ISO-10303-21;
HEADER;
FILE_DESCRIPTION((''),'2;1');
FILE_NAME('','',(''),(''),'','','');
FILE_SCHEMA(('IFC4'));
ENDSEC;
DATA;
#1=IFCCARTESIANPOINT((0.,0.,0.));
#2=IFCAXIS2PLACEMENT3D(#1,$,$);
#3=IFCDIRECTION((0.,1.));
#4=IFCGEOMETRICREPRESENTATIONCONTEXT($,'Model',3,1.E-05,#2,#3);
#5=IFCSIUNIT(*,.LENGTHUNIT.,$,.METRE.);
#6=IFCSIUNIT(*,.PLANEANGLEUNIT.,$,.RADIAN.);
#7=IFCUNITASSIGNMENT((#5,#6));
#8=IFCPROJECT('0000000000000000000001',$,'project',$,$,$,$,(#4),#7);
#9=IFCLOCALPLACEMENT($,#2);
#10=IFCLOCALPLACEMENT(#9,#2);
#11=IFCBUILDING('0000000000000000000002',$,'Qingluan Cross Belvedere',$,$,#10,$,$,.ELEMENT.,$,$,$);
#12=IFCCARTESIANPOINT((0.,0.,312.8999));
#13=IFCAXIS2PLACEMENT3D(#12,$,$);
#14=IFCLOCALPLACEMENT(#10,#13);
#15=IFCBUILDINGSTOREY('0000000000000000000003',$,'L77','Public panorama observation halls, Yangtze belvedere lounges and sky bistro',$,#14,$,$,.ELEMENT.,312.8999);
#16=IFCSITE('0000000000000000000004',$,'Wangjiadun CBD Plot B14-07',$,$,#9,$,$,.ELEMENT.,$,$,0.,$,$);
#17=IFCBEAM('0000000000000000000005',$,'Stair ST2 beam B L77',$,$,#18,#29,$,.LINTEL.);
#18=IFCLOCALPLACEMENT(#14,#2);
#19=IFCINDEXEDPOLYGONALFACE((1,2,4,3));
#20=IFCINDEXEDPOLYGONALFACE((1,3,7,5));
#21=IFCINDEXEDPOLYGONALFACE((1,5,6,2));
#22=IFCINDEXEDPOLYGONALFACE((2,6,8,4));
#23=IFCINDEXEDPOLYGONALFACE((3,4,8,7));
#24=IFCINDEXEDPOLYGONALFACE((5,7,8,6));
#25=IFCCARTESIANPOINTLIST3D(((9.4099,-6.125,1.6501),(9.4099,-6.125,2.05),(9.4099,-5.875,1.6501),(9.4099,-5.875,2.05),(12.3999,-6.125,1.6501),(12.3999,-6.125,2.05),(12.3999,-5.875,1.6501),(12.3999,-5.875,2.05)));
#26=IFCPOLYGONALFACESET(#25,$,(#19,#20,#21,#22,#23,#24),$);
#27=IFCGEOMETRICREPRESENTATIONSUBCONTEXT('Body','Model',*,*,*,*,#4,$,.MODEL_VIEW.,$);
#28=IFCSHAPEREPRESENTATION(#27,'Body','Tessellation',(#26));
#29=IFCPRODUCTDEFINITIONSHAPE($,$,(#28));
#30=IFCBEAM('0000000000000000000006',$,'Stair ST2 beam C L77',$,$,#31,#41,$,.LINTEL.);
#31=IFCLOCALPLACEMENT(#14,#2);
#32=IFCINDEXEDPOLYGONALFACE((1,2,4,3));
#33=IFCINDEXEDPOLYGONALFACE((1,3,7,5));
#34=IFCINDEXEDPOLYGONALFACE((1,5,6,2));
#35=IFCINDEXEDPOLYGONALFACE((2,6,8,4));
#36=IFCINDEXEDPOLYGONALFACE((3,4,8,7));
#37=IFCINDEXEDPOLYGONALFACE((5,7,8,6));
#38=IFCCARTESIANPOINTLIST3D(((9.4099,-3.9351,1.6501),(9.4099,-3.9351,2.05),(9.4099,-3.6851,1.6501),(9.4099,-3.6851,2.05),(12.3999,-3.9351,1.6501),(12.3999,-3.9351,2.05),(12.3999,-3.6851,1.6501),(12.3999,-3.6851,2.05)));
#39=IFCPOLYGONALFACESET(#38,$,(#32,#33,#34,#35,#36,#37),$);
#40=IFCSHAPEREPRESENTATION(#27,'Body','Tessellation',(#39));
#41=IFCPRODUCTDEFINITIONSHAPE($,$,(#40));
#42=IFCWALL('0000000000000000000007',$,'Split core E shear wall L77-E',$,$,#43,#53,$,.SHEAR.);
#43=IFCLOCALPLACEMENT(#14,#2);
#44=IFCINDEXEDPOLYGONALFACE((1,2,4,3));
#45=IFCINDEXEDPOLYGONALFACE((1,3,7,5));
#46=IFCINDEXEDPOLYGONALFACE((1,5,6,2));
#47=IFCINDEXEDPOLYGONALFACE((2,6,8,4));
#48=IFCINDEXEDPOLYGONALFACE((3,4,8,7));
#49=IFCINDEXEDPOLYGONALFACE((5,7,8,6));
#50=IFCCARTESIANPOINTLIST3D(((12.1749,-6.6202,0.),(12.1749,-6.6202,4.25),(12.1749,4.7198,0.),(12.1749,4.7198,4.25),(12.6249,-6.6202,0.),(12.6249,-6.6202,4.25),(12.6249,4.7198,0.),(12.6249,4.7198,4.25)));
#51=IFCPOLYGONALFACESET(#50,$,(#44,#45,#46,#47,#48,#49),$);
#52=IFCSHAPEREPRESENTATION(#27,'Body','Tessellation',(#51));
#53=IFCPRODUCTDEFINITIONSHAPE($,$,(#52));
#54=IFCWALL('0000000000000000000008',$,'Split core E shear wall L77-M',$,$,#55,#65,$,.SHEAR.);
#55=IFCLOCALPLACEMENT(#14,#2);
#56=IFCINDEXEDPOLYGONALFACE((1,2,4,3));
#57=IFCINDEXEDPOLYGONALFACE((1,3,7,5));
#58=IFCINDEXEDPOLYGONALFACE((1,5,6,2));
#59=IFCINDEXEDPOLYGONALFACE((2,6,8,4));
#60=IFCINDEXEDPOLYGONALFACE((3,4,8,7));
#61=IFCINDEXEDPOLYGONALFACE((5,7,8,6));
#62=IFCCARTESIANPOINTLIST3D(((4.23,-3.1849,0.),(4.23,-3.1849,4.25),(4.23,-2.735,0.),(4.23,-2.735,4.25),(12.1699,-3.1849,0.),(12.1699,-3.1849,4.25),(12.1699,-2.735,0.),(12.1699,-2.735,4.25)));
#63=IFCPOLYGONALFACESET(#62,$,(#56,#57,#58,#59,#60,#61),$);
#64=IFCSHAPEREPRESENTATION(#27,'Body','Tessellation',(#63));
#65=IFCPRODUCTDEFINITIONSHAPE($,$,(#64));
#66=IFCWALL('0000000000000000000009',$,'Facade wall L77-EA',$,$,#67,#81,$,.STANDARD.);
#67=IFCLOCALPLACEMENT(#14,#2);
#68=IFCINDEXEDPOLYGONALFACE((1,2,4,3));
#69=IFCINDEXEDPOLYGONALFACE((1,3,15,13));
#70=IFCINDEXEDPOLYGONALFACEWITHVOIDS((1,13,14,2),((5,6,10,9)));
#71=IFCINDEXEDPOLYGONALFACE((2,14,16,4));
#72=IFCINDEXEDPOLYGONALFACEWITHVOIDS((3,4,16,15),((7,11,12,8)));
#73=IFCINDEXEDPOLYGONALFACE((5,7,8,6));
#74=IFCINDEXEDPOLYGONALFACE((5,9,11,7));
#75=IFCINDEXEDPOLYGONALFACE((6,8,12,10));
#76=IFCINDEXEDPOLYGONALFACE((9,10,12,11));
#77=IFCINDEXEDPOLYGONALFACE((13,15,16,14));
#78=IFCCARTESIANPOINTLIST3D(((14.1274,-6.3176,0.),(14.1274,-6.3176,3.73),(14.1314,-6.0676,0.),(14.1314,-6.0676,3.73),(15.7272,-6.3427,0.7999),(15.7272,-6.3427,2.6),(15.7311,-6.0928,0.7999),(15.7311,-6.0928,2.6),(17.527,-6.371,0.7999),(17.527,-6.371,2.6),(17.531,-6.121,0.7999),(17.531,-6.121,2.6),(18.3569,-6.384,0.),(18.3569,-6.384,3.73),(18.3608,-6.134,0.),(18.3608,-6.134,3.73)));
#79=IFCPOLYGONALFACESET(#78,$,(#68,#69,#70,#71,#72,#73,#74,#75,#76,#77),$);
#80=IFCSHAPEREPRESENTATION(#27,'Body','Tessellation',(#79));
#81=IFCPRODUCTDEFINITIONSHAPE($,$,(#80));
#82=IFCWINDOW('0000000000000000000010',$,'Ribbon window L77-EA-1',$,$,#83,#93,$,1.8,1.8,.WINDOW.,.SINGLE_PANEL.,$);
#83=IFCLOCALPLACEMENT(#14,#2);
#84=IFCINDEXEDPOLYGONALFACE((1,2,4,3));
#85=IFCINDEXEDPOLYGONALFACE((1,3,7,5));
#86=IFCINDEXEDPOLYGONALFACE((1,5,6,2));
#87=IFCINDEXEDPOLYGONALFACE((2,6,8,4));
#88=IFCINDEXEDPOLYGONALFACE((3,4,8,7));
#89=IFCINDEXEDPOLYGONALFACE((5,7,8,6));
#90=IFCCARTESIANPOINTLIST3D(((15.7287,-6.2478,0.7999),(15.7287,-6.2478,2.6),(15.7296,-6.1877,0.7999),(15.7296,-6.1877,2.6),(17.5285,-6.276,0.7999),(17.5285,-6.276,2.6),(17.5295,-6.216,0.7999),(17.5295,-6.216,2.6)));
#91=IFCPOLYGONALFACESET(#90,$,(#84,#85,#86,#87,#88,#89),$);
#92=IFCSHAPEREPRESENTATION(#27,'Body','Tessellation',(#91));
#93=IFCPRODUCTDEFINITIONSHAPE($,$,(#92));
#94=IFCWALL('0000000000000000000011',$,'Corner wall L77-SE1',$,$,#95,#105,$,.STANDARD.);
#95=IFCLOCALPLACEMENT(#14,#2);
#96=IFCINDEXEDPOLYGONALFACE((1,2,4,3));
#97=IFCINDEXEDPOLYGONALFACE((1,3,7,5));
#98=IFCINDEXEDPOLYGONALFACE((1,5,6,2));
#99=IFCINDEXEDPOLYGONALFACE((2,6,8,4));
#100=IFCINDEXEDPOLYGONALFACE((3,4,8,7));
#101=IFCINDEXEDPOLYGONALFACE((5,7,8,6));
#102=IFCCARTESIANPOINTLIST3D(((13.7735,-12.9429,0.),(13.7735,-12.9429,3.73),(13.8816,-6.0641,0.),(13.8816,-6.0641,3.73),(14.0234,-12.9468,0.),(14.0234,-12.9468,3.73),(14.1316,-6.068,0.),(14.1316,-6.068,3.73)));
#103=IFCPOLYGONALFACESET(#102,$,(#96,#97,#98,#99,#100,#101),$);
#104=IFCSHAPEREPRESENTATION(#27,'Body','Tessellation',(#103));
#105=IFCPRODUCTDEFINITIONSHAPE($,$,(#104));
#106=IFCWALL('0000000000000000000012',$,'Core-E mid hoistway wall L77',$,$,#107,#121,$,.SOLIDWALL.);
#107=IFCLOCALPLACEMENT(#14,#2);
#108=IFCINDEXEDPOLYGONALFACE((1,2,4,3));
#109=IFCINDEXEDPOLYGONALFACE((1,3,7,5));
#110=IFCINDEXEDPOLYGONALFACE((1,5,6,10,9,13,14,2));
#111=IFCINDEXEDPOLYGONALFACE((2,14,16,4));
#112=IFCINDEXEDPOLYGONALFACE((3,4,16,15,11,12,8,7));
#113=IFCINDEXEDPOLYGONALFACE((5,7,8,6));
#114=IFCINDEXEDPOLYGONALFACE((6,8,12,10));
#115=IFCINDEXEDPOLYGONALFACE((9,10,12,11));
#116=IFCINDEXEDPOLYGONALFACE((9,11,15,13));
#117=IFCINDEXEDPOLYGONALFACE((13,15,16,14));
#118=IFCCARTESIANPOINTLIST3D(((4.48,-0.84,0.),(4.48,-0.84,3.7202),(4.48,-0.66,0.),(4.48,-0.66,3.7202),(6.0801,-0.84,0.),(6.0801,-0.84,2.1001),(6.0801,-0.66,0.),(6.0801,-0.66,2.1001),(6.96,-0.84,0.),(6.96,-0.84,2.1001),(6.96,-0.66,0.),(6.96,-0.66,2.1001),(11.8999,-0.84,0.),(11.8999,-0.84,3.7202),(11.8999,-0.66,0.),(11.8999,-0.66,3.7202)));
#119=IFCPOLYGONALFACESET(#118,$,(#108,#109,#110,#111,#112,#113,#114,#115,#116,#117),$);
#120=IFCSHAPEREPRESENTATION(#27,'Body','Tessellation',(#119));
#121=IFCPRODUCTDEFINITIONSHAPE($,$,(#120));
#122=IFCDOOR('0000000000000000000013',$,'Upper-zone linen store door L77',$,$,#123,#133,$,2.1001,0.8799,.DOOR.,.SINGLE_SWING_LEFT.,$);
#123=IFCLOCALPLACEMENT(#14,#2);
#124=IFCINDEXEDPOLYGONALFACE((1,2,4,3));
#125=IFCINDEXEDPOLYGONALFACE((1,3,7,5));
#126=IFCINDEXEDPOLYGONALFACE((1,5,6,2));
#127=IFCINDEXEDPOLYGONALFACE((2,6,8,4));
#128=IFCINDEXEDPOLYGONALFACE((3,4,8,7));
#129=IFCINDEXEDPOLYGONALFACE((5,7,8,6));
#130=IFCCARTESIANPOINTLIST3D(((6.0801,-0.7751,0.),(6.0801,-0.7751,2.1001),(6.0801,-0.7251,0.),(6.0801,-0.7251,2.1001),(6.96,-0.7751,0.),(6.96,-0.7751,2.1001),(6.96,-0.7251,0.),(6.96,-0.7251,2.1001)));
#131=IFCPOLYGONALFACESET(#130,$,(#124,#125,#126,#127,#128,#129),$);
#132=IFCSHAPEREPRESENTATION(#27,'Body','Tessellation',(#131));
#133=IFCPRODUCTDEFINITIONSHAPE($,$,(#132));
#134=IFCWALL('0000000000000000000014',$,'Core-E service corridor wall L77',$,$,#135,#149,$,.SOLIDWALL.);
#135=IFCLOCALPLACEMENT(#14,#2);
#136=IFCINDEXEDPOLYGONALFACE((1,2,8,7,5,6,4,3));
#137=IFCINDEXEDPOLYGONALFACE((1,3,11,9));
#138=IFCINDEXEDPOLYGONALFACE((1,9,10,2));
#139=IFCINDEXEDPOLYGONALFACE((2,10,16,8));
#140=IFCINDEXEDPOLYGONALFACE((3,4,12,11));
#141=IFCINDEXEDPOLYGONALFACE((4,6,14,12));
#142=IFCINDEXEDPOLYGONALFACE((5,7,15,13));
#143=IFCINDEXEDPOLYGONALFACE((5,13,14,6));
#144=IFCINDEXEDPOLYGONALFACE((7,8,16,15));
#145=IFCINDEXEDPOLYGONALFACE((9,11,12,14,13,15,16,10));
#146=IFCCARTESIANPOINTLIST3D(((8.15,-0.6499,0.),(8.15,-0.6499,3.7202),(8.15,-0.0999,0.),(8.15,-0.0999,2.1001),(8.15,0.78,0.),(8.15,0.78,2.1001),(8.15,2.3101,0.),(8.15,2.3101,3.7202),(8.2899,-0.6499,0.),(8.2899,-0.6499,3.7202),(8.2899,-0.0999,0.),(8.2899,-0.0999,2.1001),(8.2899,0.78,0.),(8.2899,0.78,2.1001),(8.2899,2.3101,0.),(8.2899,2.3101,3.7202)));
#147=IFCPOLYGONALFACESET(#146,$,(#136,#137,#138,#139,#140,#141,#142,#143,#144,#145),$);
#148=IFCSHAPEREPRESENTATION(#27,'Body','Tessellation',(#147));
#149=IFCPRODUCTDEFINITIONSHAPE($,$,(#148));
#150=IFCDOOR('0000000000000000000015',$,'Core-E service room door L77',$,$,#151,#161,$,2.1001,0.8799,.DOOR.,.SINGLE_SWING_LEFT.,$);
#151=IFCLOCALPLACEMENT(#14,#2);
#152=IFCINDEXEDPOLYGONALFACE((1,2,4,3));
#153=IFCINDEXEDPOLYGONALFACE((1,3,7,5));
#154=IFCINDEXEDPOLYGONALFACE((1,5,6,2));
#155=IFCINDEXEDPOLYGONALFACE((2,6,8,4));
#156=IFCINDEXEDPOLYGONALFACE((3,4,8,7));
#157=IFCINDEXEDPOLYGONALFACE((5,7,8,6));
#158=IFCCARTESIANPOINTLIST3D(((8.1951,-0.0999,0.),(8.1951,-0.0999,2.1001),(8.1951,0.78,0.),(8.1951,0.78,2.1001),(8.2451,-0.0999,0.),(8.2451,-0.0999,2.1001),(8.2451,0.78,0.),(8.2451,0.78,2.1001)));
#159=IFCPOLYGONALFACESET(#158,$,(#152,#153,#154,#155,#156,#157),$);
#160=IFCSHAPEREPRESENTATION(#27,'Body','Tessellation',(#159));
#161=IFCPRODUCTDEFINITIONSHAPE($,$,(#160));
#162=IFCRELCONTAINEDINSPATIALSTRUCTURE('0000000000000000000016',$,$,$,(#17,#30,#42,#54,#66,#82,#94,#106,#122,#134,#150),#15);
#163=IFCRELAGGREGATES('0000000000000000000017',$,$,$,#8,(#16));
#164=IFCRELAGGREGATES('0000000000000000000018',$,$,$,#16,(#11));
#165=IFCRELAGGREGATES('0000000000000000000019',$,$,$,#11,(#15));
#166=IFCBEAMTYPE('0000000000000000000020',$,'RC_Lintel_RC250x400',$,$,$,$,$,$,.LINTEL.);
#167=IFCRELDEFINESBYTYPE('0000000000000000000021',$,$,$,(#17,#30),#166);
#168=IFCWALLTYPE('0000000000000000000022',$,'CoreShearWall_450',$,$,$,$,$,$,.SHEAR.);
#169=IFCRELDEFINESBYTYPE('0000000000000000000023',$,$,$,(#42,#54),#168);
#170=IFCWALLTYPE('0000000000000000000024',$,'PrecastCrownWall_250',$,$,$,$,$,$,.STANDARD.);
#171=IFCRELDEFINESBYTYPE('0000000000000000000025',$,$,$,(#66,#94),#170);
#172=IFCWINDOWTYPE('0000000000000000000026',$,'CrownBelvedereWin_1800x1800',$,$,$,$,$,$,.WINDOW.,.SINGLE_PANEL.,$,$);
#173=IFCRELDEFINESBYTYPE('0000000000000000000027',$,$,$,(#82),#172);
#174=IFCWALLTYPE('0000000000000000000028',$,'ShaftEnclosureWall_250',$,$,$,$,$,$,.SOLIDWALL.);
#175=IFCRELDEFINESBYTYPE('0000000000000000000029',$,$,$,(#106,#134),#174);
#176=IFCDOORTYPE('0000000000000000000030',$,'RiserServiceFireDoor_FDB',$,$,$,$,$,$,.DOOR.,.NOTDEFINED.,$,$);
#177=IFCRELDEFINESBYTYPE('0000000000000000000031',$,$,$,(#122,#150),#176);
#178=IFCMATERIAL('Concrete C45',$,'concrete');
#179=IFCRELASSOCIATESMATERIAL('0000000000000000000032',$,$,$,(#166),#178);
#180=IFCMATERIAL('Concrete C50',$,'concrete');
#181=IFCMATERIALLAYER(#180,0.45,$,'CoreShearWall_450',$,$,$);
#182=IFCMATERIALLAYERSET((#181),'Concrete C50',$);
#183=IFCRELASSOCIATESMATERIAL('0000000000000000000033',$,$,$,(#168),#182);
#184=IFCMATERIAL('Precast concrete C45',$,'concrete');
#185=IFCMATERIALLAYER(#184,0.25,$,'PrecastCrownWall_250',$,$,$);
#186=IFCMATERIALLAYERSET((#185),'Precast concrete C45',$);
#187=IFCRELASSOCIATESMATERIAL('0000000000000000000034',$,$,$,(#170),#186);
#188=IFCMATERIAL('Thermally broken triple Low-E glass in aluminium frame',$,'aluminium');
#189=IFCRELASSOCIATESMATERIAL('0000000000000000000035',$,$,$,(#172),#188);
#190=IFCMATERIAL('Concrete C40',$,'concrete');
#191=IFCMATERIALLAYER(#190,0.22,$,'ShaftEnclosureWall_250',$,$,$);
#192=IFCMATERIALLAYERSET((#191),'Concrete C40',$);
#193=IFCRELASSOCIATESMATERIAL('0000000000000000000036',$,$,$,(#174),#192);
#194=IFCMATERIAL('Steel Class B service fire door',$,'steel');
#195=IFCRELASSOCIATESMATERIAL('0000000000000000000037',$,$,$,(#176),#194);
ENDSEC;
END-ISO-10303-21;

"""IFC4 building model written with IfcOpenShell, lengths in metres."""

from ifc_helpers import new_model, si_unit, direction, frame, frame_2d, origin, origin_2d, place, context, subcontext, project, spatial, rectangle, extrude, material, layer, layer_set, material_profile, profile_set, type_object, element, fill, save


model = new_model("IFC4")

# Units and contexts
model_context = context("Model", 3, precision=1e-05, world=origin(), true_north=direction((0.0, 1.0)))
body_context = subcontext(model_context, "Body", "Model", "MODEL_VIEW")
ifc_project = project(units=[si_unit("LENGTHUNIT", "METRE"), si_unit("PLANEANGLEUNIT", "RADIAN")], contexts=[model_context])

# Site, building, storey
site_placement = place(None, origin())
site = spatial("IfcSite", under=ifc_project, at=site_placement, Name="Wangjiadun CBD Plot B14-07", CompositionType="ELEMENT", RefElevation=0.0)
building_placement = place(site_placement, origin())
building = spatial("IfcBuilding", under=site, at=building_placement, Name="Qingluan Cross Belvedere", CompositionType="ELEMENT")
storey_placement = place(building_placement, frame((0.0, 0.0, 312.8999)))
storey = spatial("IfcBuildingStorey", under=building, at=storey_placement, Name="L77", Description="Public panorama observation halls, Yangtze belvedere lounges and sky bistro", CompositionType="ELEMENT", Elevation=312.8999)

# Beams
ifc_material_1 = material(Name="Concrete C45", Category="concrete")
ifc_material_profile = material_profile(ifc_material_1, rectangle(XDim=0.25, YDim=0.3999, at=origin_2d()), Name="RC250x400")
ifc_profile_set = profile_set([ifc_material_profile], Name="Concrete C45")
beam_type = type_object("IfcBeamType", Name="RC_Lintel_RC250x400", PredefinedType="LINTEL", material=ifc_profile_set)
for number, where, z_axis, x_axis, name in (
    (1, (12.3999, -6.0, 1.8501), (-1.0, 0.0, 0.0), (0.0, -1.0, 0.0), "Stair ST2 beam B L77"),
    (2, (12.3999, -3.8101, 1.8501), (-1.0, 0.0, 0.0), (0.0, -1.0, 0.0), "Stair ST2 beam C L77"),
):
    element("IfcBeam", number, at=place(storey_placement, frame(where, z_axis=z_axis, x_axis=x_axis)), inside=storey, type_object=beam_type, Name=name, PredefinedType="LINTEL", context=body_context, shape_type="SweptSolid", body=[
        extrude(rectangle(XDim=0.25, YDim=0.3999, at=origin_2d()), origin(), (0.0, 0.0, 1.0), 2.99),
    ])

# Shared definitions
ifc_material_2 = material(Name="Concrete C50", Category="concrete")
ifc_layer_1 = layer(ifc_material_2, 0.45, Name="CoreShearWall_450")
ifc_layer_set_1 = layer_set([ifc_layer_1], Name="Concrete C50")
wall_type_1 = type_object("IfcWallType", Name="CoreShearWall_450", PredefinedType="SHEAR", material=ifc_layer_set_1)

# Walls
wall_1_placement = place(storey_placement, frame((12.3999, -6.6201, 0.0), z_axis=(0.0, 0.0, 1.0), x_axis=(0.0, 1.0, 0.0)))
element("IfcWall", 3, at=wall_1_placement, inside=storey, type_object=wall_type_1, Name="Split core E shear wall L77-E", PredefinedType="SHEAR", context=body_context, shape_type="SweptSolid", body=[
    extrude(rectangle(XDim=11.3401, YDim=0.45, at=frame_2d((5.6699, 0.0))), origin(), (0.0, 0.0, 1.0), 4.25),
])
wall_2_placement = place(storey_placement, frame((4.23, -2.96, 0.0), z_axis=(0.0, 0.0, 1.0), x_axis=(1.0, 0.0, 0.0)))
element("IfcWall", 4, at=wall_2_placement, inside=storey, type_object=wall_type_1, Name="Split core E shear wall L77-M", PredefinedType="SHEAR", context=body_context, shape_type="SweptSolid", body=[
    extrude(rectangle(XDim=7.9399, YDim=0.45, at=frame_2d((3.97, 0.0))), origin(), (0.0, 0.0, 1.0), 4.25),
])

# Wall, opening, window
ifc_material_3 = material(Name="Precast concrete C45", Category="concrete")
ifc_layer_2 = layer(ifc_material_3, 0.25, Name="PrecastCrownWall_250")
ifc_layer_set_2 = layer_set([ifc_layer_2], Name="Precast concrete C45")
wall_type_2 = type_object("IfcWallType", Name="PrecastCrownWall_250", PredefinedType="STANDARD", material=ifc_layer_set_2)
wall_3_placement = place(storey_placement, frame((14.1294, -6.1926, 0.0), z_axis=(0.0, 0.0, 1.0), x_axis=(0.999877, -0.015699, 0.0)))
wall_3 = element("IfcWall", 5, at=wall_3_placement, inside=storey, type_object=wall_type_2, Name="Facade wall L77-EA", PredefinedType="STANDARD", context=body_context, shape_type="SweptSolid", body=[
    extrude(rectangle(XDim=4.23, YDim=0.25, at=frame_2d((2.115, 0.0))), origin(), (0.0, 0.0, 1.0), 3.73),
])
opening_1_placement = place(wall_3_placement, frame((1.6001, 0.0, 0.8)))
opening_1 = element("IfcOpeningElement", 6, at=opening_1_placement, cuts=wall_3, PredefinedType="OPENING", context=body_context, shape_type="SweptSolid", body=[
    extrude(rectangle(XDim=1.8, YDim=1.8, at=frame_2d((0.8999, 0.8999))), frame((0.0, 0.135, 0.0), z_axis=(0.0, -1.0, 0.0), x_axis=(1.0, 0.0, 0.0)), (0.0, 0.0, 1.0), 0.27),
])
ifc_material_4 = material(Name="Thermally broken triple Low-E glass in aluminium frame", Category="aluminium")
window_type = type_object("IfcWindowType", Name="CrownBelvedereWin_1800x1800", PartitioningType="SINGLE_PANEL", PredefinedType="WINDOW", material=ifc_material_4)
window_placement = place(opening_1_placement, origin())
window = element("IfcWindow", 7, at=window_placement, inside=storey, type_object=window_type, Name="Ribbon window L77-EA-1", OverallHeight=1.8, OverallWidth=1.8, PartitioningType="SINGLE_PANEL", PredefinedType="WINDOW", context=body_context, shape_type="SweptSolid", body=[
    extrude(rectangle(XDim=1.8, YDim=1.8, at=frame_2d((0.8999, 0.8999))), frame((0.0, 0.03, 0.0), z_axis=(0.0, -1.0, 0.0), x_axis=(1.0, 0.0, 0.0)), (0.0, 0.0, 1.0), 0.0601),
])
fill(opening_1, window)

# Wall
wall_4_placement = place(storey_placement, frame((14.0066, -6.0659, 0.0), z_axis=(0.0, 0.0, 1.0), x_axis=(-0.015721, -0.999876, 0.0)))
element("IfcWall", 8, at=wall_4_placement, inside=storey, type_object=wall_type_2, Name="Corner wall L77-SE1", PredefinedType="STANDARD", context=body_context, shape_type="SweptSolid", body=[
    extrude(rectangle(XDim=6.8796, YDim=0.25, at=frame_2d((3.4399, 0.0))), origin(), (0.0, 0.0, 1.0), 3.73),
])

# Walls, openings, doors
ifc_material_5 = material(Name="Concrete C40", Category="concrete")
ifc_layer_3 = layer(ifc_material_5, 0.22, Name="ShaftEnclosureWall_250")
ifc_layer_set_3 = layer_set([ifc_layer_3], Name="Concrete C40")
wall_type_3 = type_object("IfcWallType", Name="ShaftEnclosureWall_250", PredefinedType="SOLIDWALL", material=ifc_layer_set_3)
wall_5_placement = place(storey_placement, frame((4.48, -0.75, 0.0), z_axis=(0.0, 0.0, 1.0), x_axis=(1.0, 0.0, 0.0)))
wall_5 = element("IfcWall", 9, at=wall_5_placement, inside=storey, type_object=wall_type_3, Name="Core-E mid hoistway wall L77", PredefinedType="SOLIDWALL", context=body_context, shape_type="SweptSolid", body=[
    extrude(rectangle(XDim=7.4199, YDim=0.1799, at=frame_2d((3.71, 0.0))), origin(), (0.0, 0.0, 1.0), 3.7202),
])
opening_2_placement = place(wall_5_placement, frame((1.6001, 0.0, 0.0)))
opening_2 = element("IfcOpeningElement", 10, at=opening_2_placement, cuts=wall_5, PredefinedType="OPENING", context=body_context, shape_type="SweptSolid", body=[
    extrude(rectangle(XDim=0.8799, YDim=2.1001, at=frame_2d((0.4399, 1.05))), frame((0.0, 0.0999, 0.0), z_axis=(0.0, -1.0, 0.0), x_axis=(1.0, 0.0, 0.0)), (0.0, 0.0, 1.0), 0.2),
])
ifc_material_6 = material(Name="Steel Class B service fire door", Category="steel")
door_type_1 = type_object("IfcDoorType", Name="RiserServiceFireDoor_FDB", OperationType="NOTDEFINED", PredefinedType="DOOR", material=ifc_material_6)
door_1_placement = place(opening_2_placement, origin())
door_1 = element("IfcDoor", 11, at=door_1_placement, inside=storey, type_object=door_type_1, Name="Upper-zone linen store door L77", OperationType="SINGLE_SWING_LEFT", OverallHeight=2.1001, OverallWidth=0.8799, PredefinedType="DOOR", context=body_context, shape_type="SweptSolid", body=[
    extrude(rectangle(XDim=0.8799, YDim=2.1001, at=frame_2d((0.4399, 1.05))), frame((0.0, 0.0249, 0.0), z_axis=(0.0, -1.0, 0.0), x_axis=(1.0, 0.0, 0.0)), (0.0, 0.0, 1.0), 0.05),
])
fill(opening_2, door_1)
wall_6_placement = place(storey_placement, frame((8.22, -0.6499, 0.0), z_axis=(0.0, 0.0, 1.0), x_axis=(0.0, 1.0, 0.0)))
wall_6 = element("IfcWall", 12, at=wall_6_placement, inside=storey, type_object=wall_type_3, Name="Core-E service corridor wall L77", PredefinedType="SOLIDWALL", context=body_context, shape_type="SweptSolid", body=[
    extrude(rectangle(XDim=2.96, YDim=0.1399, at=frame_2d((1.48, 0.0))), origin(), (0.0, 0.0, 1.0), 3.7202),
])
opening_3_placement = place(wall_6_placement, frame((0.55, 0.0, 0.0)))
opening_3 = element("IfcOpeningElement", 13, at=opening_3_placement, cuts=wall_6, PredefinedType="OPENING", context=body_context, shape_type="SweptSolid", body=[
    extrude(rectangle(XDim=0.8799, YDim=2.1001, at=frame_2d((0.4399, 1.05))), frame((0.0, 0.0798, 0.0), z_axis=(0.0, -1.0, 0.0), x_axis=(1.0, 0.0, 0.0)), (0.0, 0.0, 1.0), 0.1599),
])
door_2_placement = place(opening_3_placement, origin())
door_2 = element("IfcDoor", 14, at=door_2_placement, inside=storey, type_object=door_type_1, Name="Core-E service room door L77", OperationType="SINGLE_SWING_LEFT", OverallHeight=2.1001, OverallWidth=0.8799, PredefinedType="DOOR", context=body_context, shape_type="SweptSolid", body=[
    extrude(rectangle(XDim=0.8799, YDim=2.1001, at=frame_2d((0.4399, 1.05))), frame((0.0, 0.0249, 0.0), z_axis=(0.0, -1.0, 0.0), x_axis=(1.0, 0.0, 0.0)), (0.0, 0.0, 1.0), 0.05),
])
fill(opening_3, door_2)

save(model, "model.ifc")
